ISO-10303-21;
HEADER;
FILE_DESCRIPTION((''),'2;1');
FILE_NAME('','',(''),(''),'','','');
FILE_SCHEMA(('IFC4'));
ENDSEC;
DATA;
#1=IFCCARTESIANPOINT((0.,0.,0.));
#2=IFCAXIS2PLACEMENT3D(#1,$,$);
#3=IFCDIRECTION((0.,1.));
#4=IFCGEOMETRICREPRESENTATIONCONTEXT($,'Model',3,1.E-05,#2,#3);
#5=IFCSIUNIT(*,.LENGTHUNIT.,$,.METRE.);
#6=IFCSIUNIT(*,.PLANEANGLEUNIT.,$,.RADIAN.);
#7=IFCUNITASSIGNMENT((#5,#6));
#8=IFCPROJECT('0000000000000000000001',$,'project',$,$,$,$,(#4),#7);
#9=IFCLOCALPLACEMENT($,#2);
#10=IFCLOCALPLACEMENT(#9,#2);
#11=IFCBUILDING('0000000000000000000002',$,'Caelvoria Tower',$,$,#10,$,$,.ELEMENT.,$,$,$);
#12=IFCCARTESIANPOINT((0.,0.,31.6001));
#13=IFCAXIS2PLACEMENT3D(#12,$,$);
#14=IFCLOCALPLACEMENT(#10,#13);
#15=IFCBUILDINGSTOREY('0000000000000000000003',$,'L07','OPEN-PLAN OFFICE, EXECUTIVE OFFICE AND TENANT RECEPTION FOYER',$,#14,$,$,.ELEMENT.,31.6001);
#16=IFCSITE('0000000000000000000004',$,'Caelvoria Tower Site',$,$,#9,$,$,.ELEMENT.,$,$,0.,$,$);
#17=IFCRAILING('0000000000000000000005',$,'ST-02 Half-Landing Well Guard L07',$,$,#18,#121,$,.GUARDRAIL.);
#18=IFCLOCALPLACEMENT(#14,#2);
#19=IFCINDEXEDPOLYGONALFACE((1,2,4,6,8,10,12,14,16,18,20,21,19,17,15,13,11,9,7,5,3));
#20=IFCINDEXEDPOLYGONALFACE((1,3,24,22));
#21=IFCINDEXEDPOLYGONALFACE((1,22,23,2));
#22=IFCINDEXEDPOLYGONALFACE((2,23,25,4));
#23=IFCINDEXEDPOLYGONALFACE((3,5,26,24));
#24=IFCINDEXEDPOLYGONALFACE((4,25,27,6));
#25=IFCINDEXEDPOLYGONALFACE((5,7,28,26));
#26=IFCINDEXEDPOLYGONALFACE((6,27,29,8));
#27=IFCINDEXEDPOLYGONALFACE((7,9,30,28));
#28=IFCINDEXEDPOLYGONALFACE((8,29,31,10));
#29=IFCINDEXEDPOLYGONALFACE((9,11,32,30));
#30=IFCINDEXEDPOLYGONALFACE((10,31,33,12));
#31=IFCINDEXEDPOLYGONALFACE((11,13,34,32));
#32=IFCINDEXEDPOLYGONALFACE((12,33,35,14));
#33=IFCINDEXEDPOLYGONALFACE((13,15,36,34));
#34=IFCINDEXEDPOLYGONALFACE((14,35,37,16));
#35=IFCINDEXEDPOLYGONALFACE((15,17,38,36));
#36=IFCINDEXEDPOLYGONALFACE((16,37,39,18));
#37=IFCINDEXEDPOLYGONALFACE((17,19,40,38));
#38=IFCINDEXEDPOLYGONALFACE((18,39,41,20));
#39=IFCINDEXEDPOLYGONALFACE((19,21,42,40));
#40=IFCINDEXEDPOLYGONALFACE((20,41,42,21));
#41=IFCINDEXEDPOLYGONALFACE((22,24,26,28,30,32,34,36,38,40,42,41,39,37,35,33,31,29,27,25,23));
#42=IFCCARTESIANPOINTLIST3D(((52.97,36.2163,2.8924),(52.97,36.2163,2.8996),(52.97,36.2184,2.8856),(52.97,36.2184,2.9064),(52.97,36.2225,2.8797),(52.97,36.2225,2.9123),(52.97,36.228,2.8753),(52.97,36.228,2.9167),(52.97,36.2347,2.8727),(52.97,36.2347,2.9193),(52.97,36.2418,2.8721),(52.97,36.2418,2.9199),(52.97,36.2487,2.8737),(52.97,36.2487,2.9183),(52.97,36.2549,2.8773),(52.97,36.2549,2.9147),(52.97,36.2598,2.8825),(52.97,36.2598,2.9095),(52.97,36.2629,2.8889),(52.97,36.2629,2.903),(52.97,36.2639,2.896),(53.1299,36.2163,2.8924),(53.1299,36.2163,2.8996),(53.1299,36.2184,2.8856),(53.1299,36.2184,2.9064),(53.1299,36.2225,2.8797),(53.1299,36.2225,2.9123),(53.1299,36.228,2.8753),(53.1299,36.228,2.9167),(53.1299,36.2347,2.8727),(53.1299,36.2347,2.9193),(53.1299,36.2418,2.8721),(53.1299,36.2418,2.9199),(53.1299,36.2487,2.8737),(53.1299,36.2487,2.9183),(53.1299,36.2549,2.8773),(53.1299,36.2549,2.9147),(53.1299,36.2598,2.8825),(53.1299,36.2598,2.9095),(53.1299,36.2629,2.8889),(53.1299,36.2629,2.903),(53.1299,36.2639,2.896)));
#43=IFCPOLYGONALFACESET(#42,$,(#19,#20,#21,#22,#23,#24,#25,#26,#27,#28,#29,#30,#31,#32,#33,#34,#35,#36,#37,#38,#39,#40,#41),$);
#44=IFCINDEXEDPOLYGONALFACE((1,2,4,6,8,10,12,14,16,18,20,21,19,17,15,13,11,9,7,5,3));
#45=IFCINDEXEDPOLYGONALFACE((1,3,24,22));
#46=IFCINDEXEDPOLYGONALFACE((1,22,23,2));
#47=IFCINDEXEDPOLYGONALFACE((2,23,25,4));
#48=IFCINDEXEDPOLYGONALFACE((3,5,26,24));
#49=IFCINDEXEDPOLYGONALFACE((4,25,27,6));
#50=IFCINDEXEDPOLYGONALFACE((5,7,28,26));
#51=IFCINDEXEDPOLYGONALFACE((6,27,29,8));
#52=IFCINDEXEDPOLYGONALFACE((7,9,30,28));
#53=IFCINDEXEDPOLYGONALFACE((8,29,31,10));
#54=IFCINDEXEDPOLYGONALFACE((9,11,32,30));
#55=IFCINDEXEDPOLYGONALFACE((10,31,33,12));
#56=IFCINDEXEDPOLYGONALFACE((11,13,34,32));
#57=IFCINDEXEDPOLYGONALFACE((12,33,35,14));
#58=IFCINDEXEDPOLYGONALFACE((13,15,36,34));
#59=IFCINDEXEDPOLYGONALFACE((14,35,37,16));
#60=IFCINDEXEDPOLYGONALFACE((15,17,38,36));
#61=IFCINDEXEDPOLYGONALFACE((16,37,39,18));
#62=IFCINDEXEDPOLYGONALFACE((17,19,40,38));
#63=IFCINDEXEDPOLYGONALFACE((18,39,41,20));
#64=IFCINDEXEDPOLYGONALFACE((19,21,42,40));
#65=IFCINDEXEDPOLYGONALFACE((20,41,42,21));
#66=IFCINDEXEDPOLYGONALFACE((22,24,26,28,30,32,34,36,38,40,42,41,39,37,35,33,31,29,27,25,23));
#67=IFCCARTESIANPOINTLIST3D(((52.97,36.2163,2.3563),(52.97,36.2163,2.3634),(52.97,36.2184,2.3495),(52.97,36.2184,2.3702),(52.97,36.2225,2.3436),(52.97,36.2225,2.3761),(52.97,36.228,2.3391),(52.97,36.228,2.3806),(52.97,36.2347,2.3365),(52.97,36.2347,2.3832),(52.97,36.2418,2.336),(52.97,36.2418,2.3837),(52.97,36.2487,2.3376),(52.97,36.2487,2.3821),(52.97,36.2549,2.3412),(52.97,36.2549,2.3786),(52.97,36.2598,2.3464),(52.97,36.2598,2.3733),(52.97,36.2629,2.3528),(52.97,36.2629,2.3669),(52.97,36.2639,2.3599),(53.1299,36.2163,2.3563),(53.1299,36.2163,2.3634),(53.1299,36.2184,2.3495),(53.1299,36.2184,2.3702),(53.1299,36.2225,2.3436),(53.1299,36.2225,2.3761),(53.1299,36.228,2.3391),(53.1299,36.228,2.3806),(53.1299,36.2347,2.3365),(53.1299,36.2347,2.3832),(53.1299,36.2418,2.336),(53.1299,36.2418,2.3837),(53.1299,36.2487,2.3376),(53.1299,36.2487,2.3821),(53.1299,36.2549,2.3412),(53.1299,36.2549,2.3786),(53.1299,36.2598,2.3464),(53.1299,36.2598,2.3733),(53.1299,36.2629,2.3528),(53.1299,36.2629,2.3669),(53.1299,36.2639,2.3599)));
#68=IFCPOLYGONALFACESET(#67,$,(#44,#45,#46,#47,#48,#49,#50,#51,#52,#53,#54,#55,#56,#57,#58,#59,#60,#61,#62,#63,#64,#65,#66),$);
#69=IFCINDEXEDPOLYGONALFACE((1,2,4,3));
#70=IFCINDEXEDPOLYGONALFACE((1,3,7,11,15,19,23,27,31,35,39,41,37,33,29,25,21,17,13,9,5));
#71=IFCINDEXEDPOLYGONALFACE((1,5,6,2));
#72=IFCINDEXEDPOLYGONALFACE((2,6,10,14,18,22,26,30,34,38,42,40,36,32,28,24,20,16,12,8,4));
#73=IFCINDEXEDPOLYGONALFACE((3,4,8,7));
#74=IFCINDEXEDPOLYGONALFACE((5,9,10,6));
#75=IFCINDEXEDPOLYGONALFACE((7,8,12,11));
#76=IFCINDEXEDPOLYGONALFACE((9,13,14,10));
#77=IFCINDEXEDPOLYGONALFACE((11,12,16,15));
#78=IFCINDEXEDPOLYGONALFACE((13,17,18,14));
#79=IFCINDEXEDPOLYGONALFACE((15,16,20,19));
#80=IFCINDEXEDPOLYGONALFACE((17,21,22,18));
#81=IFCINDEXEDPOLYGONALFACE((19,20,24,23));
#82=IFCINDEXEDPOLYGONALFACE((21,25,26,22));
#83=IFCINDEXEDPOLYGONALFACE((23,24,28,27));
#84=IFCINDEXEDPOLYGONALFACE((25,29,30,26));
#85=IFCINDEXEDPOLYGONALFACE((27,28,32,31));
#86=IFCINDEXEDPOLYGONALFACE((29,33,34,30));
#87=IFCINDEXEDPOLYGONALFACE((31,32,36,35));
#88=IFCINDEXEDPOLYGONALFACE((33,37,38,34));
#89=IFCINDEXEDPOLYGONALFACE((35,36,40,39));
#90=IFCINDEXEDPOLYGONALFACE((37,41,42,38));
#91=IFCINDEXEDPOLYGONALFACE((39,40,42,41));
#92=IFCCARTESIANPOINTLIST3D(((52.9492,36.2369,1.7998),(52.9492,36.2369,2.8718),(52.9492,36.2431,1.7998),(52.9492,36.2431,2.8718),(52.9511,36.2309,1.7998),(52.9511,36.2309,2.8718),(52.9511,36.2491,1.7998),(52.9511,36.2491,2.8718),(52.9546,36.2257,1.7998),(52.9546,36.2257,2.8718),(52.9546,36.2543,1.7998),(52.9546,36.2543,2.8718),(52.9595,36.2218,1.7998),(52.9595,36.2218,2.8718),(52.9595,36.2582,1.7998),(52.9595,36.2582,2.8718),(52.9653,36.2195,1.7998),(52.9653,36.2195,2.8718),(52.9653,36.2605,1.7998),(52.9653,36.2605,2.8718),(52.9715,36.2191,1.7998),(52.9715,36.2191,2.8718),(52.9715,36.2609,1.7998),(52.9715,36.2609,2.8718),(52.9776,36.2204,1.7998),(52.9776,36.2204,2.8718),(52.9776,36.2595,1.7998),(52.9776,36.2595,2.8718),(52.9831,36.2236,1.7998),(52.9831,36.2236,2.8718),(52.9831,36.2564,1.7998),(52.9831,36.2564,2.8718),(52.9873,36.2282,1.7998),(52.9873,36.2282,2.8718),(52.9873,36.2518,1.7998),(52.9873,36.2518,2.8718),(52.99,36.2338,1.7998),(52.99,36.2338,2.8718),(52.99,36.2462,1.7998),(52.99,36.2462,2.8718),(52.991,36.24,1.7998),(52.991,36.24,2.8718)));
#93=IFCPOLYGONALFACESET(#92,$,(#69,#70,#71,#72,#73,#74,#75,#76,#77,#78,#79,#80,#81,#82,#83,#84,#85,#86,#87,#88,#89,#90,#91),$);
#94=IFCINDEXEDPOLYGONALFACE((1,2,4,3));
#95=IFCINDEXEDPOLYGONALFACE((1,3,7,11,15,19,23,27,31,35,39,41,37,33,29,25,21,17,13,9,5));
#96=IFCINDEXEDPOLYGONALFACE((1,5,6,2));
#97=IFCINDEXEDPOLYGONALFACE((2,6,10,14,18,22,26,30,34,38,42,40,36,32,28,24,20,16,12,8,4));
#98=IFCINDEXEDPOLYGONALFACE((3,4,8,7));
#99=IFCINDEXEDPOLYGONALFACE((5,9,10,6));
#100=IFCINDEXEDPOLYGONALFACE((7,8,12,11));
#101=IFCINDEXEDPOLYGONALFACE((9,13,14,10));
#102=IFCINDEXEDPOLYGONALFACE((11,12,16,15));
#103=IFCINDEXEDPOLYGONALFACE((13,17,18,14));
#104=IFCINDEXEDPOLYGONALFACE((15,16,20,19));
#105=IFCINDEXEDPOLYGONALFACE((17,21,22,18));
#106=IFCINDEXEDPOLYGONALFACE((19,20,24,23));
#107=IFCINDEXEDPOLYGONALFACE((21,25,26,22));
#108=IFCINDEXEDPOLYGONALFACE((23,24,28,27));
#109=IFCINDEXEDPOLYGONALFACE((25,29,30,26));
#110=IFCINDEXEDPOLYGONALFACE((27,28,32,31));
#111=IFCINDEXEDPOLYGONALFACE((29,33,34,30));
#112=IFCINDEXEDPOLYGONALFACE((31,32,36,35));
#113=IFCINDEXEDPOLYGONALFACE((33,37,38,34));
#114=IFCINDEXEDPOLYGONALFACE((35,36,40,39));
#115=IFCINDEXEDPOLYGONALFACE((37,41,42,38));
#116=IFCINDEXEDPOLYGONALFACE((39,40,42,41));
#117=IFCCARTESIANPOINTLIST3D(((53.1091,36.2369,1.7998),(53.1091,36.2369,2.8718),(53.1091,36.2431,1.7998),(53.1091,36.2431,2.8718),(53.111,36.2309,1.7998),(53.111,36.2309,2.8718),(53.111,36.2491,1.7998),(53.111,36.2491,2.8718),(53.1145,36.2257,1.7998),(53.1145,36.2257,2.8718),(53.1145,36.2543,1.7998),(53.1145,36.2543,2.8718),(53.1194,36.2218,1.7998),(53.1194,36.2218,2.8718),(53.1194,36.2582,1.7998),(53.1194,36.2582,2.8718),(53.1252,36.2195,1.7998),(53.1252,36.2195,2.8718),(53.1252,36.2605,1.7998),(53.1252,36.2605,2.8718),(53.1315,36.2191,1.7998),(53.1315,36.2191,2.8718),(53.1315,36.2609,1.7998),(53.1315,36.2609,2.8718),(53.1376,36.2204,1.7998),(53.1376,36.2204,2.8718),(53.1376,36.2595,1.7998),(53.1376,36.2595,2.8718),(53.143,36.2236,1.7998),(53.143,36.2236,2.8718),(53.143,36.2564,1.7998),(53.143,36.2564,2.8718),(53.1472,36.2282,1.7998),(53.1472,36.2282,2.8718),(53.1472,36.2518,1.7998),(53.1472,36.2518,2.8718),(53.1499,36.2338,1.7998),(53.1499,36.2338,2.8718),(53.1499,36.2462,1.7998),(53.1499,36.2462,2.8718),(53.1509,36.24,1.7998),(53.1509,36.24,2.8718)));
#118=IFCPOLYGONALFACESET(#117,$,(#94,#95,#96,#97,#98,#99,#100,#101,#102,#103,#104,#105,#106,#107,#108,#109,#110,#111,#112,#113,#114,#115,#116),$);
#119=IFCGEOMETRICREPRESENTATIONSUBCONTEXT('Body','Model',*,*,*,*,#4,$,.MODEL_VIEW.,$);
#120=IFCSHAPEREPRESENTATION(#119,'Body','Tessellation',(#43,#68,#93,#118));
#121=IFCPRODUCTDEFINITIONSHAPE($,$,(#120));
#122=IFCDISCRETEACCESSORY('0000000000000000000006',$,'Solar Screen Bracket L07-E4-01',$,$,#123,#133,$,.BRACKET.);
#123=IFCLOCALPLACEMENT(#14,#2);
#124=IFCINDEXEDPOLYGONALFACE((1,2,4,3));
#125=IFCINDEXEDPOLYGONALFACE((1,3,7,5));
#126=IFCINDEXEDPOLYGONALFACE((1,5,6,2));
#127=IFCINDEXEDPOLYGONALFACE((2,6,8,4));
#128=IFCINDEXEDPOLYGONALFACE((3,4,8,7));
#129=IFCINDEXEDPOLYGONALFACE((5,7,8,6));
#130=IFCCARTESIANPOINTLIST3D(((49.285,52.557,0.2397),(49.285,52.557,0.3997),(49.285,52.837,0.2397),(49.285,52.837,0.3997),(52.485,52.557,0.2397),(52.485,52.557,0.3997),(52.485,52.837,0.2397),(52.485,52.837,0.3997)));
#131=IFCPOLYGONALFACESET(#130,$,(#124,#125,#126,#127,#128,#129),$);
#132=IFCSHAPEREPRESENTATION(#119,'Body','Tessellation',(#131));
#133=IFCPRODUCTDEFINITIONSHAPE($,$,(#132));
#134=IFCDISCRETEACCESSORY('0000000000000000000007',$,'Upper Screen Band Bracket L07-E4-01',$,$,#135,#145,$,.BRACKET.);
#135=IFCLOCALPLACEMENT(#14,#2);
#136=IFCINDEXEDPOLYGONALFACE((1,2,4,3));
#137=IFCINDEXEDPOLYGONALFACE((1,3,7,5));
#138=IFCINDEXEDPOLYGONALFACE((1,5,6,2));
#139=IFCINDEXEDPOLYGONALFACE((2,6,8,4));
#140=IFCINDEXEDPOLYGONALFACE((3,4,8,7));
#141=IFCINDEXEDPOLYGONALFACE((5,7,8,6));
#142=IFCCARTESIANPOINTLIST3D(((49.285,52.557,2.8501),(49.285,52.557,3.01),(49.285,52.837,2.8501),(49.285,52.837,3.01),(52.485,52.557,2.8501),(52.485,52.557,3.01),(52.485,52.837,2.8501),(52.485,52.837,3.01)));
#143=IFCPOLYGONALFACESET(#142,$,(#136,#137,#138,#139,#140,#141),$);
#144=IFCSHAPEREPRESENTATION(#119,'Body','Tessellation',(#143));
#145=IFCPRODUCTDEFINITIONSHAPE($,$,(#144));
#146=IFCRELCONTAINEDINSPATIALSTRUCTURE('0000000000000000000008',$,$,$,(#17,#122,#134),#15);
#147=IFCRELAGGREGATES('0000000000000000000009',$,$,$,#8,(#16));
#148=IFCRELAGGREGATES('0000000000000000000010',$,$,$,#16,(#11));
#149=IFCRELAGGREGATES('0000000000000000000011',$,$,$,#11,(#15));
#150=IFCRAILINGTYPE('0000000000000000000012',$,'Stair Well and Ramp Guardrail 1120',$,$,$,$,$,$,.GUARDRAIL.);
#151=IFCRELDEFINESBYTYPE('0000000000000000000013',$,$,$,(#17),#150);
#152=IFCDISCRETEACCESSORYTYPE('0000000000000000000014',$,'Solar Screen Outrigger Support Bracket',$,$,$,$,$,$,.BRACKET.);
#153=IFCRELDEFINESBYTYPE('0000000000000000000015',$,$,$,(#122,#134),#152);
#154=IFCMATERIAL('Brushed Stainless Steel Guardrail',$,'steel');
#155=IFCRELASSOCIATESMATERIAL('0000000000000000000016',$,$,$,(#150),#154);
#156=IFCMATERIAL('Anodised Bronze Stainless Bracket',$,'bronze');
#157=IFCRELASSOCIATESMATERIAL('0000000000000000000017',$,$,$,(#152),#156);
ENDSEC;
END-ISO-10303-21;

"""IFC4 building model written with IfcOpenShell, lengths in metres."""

from ifc_helpers import new_model, si_unit, direction, frame, origin, origin_2d, place, context, subcontext, project, spatial, rectangle, circle, extrude, material, type_object, element, save


model = new_model("IFC4")

# Units and contexts
model_context = context("Model", 3, precision=1e-05, world=origin(), true_north=direction((0.0, 1.0)))
body_context = subcontext(model_context, "Body", "Model", "MODEL_VIEW")
ifc_project = project(units=[si_unit("LENGTHUNIT", "METRE"), si_unit("PLANEANGLEUNIT", "RADIAN")], contexts=[model_context])

# Site, building, storey
site_placement = place(None, origin())
site = spatial("IfcSite", under=ifc_project, at=site_placement, Name="Caelvoria Tower Site", CompositionType="ELEMENT", RefElevation=0.0)
building_placement = place(site_placement, origin())
building = spatial("IfcBuilding", under=site, at=building_placement, Name="Caelvoria Tower", CompositionType="ELEMENT")
storey_placement = place(building_placement, frame((0.0, 0.0, 31.6001)))
storey = spatial("IfcBuildingStorey", under=building, at=storey_placement, Name="L07", Description="OPEN-PLAN OFFICE, EXECUTIVE OFFICE AND TENANT RECEPTION FOYER", CompositionType="ELEMENT", Elevation=31.6001)

# Railing
ifc_material_1 = material(Name="Brushed Stainless Steel Guardrail", Category="steel")
railing_type_1 = type_object("IfcRailingType", Name="Stair Well and Ramp Guardrail 1120", PredefinedType="GUARDRAIL", material=ifc_material_1)
railing_1_placement = place(storey_placement, frame((52.97, 36.24, 1.7998)))
element("IfcRailing", 1, at=railing_1_placement, inside=storey, type_object=railing_type_1, Name="ST-02 Half-Landing Well Guard L07", PredefinedType="GUARDRAIL", context=body_context, shape_type="SweptSolid", body=[
    extrude(circle(Radius=0.0239, at=origin_2d()), frame((0.0, 0.0, 1.0962), z_axis=(1.0, 0.0, 0.0), x_axis=(0.0, 1.0, 0.0)), (0.0, 0.0, 1.0), 0.1599),
    extrude(circle(Radius=0.0239, at=origin_2d()), frame((0.0, 0.0, 0.5601), z_axis=(1.0, 0.0, 0.0), x_axis=(0.0, 1.0, 0.0)), (0.0, 0.0, 1.0), 0.1599),
    extrude(circle(Radius=0.021, at=origin_2d()), origin(), (0.0, 0.0, 1.0), 1.072),
    extrude(circle(Radius=0.021, at=origin_2d()), frame((0.1599, 0.0, 0.0)), (0.0, 0.0, 1.0), 1.072),
])

# Discrete accessories
ifc_material_2 = material(Name="Anodised Bronze Stainless Bracket", Category="bronze")
discrete_accessory_type = type_object("IfcDiscreteAccessoryType", Name="Solar Screen Outrigger Support Bracket", PredefinedType="BRACKET", material=ifc_material_2)
for number, where, z_axis, x_axis, name in (
    (2, (50.885, 52.697, 0.2397), (0.0, 0.0, 1.0), (-1.0, 0.0, 0.0), "Solar Screen Bracket L07-E4-01"),
    (3, (50.885, 52.697, 2.8501), (0.0, 0.0, 1.0), (-1.0, 0.0, 0.0), "Upper Screen Band Bracket L07-E4-01"),
):
    element("IfcDiscreteAccessory", number, at=place(storey_placement, frame(where, z_axis=z_axis, x_axis=x_axis)), inside=storey, type_object=discrete_accessory_type, Name=name, PredefinedType="BRACKET", context=body_context, shape_type="SweptSolid", body=[
        extrude(rectangle(XDim=3.2, YDim=0.28, at=origin_2d()), origin(), (0.0, 0.0, 1.0), 0.1599),
    ])

save(model, "model.ifc")
